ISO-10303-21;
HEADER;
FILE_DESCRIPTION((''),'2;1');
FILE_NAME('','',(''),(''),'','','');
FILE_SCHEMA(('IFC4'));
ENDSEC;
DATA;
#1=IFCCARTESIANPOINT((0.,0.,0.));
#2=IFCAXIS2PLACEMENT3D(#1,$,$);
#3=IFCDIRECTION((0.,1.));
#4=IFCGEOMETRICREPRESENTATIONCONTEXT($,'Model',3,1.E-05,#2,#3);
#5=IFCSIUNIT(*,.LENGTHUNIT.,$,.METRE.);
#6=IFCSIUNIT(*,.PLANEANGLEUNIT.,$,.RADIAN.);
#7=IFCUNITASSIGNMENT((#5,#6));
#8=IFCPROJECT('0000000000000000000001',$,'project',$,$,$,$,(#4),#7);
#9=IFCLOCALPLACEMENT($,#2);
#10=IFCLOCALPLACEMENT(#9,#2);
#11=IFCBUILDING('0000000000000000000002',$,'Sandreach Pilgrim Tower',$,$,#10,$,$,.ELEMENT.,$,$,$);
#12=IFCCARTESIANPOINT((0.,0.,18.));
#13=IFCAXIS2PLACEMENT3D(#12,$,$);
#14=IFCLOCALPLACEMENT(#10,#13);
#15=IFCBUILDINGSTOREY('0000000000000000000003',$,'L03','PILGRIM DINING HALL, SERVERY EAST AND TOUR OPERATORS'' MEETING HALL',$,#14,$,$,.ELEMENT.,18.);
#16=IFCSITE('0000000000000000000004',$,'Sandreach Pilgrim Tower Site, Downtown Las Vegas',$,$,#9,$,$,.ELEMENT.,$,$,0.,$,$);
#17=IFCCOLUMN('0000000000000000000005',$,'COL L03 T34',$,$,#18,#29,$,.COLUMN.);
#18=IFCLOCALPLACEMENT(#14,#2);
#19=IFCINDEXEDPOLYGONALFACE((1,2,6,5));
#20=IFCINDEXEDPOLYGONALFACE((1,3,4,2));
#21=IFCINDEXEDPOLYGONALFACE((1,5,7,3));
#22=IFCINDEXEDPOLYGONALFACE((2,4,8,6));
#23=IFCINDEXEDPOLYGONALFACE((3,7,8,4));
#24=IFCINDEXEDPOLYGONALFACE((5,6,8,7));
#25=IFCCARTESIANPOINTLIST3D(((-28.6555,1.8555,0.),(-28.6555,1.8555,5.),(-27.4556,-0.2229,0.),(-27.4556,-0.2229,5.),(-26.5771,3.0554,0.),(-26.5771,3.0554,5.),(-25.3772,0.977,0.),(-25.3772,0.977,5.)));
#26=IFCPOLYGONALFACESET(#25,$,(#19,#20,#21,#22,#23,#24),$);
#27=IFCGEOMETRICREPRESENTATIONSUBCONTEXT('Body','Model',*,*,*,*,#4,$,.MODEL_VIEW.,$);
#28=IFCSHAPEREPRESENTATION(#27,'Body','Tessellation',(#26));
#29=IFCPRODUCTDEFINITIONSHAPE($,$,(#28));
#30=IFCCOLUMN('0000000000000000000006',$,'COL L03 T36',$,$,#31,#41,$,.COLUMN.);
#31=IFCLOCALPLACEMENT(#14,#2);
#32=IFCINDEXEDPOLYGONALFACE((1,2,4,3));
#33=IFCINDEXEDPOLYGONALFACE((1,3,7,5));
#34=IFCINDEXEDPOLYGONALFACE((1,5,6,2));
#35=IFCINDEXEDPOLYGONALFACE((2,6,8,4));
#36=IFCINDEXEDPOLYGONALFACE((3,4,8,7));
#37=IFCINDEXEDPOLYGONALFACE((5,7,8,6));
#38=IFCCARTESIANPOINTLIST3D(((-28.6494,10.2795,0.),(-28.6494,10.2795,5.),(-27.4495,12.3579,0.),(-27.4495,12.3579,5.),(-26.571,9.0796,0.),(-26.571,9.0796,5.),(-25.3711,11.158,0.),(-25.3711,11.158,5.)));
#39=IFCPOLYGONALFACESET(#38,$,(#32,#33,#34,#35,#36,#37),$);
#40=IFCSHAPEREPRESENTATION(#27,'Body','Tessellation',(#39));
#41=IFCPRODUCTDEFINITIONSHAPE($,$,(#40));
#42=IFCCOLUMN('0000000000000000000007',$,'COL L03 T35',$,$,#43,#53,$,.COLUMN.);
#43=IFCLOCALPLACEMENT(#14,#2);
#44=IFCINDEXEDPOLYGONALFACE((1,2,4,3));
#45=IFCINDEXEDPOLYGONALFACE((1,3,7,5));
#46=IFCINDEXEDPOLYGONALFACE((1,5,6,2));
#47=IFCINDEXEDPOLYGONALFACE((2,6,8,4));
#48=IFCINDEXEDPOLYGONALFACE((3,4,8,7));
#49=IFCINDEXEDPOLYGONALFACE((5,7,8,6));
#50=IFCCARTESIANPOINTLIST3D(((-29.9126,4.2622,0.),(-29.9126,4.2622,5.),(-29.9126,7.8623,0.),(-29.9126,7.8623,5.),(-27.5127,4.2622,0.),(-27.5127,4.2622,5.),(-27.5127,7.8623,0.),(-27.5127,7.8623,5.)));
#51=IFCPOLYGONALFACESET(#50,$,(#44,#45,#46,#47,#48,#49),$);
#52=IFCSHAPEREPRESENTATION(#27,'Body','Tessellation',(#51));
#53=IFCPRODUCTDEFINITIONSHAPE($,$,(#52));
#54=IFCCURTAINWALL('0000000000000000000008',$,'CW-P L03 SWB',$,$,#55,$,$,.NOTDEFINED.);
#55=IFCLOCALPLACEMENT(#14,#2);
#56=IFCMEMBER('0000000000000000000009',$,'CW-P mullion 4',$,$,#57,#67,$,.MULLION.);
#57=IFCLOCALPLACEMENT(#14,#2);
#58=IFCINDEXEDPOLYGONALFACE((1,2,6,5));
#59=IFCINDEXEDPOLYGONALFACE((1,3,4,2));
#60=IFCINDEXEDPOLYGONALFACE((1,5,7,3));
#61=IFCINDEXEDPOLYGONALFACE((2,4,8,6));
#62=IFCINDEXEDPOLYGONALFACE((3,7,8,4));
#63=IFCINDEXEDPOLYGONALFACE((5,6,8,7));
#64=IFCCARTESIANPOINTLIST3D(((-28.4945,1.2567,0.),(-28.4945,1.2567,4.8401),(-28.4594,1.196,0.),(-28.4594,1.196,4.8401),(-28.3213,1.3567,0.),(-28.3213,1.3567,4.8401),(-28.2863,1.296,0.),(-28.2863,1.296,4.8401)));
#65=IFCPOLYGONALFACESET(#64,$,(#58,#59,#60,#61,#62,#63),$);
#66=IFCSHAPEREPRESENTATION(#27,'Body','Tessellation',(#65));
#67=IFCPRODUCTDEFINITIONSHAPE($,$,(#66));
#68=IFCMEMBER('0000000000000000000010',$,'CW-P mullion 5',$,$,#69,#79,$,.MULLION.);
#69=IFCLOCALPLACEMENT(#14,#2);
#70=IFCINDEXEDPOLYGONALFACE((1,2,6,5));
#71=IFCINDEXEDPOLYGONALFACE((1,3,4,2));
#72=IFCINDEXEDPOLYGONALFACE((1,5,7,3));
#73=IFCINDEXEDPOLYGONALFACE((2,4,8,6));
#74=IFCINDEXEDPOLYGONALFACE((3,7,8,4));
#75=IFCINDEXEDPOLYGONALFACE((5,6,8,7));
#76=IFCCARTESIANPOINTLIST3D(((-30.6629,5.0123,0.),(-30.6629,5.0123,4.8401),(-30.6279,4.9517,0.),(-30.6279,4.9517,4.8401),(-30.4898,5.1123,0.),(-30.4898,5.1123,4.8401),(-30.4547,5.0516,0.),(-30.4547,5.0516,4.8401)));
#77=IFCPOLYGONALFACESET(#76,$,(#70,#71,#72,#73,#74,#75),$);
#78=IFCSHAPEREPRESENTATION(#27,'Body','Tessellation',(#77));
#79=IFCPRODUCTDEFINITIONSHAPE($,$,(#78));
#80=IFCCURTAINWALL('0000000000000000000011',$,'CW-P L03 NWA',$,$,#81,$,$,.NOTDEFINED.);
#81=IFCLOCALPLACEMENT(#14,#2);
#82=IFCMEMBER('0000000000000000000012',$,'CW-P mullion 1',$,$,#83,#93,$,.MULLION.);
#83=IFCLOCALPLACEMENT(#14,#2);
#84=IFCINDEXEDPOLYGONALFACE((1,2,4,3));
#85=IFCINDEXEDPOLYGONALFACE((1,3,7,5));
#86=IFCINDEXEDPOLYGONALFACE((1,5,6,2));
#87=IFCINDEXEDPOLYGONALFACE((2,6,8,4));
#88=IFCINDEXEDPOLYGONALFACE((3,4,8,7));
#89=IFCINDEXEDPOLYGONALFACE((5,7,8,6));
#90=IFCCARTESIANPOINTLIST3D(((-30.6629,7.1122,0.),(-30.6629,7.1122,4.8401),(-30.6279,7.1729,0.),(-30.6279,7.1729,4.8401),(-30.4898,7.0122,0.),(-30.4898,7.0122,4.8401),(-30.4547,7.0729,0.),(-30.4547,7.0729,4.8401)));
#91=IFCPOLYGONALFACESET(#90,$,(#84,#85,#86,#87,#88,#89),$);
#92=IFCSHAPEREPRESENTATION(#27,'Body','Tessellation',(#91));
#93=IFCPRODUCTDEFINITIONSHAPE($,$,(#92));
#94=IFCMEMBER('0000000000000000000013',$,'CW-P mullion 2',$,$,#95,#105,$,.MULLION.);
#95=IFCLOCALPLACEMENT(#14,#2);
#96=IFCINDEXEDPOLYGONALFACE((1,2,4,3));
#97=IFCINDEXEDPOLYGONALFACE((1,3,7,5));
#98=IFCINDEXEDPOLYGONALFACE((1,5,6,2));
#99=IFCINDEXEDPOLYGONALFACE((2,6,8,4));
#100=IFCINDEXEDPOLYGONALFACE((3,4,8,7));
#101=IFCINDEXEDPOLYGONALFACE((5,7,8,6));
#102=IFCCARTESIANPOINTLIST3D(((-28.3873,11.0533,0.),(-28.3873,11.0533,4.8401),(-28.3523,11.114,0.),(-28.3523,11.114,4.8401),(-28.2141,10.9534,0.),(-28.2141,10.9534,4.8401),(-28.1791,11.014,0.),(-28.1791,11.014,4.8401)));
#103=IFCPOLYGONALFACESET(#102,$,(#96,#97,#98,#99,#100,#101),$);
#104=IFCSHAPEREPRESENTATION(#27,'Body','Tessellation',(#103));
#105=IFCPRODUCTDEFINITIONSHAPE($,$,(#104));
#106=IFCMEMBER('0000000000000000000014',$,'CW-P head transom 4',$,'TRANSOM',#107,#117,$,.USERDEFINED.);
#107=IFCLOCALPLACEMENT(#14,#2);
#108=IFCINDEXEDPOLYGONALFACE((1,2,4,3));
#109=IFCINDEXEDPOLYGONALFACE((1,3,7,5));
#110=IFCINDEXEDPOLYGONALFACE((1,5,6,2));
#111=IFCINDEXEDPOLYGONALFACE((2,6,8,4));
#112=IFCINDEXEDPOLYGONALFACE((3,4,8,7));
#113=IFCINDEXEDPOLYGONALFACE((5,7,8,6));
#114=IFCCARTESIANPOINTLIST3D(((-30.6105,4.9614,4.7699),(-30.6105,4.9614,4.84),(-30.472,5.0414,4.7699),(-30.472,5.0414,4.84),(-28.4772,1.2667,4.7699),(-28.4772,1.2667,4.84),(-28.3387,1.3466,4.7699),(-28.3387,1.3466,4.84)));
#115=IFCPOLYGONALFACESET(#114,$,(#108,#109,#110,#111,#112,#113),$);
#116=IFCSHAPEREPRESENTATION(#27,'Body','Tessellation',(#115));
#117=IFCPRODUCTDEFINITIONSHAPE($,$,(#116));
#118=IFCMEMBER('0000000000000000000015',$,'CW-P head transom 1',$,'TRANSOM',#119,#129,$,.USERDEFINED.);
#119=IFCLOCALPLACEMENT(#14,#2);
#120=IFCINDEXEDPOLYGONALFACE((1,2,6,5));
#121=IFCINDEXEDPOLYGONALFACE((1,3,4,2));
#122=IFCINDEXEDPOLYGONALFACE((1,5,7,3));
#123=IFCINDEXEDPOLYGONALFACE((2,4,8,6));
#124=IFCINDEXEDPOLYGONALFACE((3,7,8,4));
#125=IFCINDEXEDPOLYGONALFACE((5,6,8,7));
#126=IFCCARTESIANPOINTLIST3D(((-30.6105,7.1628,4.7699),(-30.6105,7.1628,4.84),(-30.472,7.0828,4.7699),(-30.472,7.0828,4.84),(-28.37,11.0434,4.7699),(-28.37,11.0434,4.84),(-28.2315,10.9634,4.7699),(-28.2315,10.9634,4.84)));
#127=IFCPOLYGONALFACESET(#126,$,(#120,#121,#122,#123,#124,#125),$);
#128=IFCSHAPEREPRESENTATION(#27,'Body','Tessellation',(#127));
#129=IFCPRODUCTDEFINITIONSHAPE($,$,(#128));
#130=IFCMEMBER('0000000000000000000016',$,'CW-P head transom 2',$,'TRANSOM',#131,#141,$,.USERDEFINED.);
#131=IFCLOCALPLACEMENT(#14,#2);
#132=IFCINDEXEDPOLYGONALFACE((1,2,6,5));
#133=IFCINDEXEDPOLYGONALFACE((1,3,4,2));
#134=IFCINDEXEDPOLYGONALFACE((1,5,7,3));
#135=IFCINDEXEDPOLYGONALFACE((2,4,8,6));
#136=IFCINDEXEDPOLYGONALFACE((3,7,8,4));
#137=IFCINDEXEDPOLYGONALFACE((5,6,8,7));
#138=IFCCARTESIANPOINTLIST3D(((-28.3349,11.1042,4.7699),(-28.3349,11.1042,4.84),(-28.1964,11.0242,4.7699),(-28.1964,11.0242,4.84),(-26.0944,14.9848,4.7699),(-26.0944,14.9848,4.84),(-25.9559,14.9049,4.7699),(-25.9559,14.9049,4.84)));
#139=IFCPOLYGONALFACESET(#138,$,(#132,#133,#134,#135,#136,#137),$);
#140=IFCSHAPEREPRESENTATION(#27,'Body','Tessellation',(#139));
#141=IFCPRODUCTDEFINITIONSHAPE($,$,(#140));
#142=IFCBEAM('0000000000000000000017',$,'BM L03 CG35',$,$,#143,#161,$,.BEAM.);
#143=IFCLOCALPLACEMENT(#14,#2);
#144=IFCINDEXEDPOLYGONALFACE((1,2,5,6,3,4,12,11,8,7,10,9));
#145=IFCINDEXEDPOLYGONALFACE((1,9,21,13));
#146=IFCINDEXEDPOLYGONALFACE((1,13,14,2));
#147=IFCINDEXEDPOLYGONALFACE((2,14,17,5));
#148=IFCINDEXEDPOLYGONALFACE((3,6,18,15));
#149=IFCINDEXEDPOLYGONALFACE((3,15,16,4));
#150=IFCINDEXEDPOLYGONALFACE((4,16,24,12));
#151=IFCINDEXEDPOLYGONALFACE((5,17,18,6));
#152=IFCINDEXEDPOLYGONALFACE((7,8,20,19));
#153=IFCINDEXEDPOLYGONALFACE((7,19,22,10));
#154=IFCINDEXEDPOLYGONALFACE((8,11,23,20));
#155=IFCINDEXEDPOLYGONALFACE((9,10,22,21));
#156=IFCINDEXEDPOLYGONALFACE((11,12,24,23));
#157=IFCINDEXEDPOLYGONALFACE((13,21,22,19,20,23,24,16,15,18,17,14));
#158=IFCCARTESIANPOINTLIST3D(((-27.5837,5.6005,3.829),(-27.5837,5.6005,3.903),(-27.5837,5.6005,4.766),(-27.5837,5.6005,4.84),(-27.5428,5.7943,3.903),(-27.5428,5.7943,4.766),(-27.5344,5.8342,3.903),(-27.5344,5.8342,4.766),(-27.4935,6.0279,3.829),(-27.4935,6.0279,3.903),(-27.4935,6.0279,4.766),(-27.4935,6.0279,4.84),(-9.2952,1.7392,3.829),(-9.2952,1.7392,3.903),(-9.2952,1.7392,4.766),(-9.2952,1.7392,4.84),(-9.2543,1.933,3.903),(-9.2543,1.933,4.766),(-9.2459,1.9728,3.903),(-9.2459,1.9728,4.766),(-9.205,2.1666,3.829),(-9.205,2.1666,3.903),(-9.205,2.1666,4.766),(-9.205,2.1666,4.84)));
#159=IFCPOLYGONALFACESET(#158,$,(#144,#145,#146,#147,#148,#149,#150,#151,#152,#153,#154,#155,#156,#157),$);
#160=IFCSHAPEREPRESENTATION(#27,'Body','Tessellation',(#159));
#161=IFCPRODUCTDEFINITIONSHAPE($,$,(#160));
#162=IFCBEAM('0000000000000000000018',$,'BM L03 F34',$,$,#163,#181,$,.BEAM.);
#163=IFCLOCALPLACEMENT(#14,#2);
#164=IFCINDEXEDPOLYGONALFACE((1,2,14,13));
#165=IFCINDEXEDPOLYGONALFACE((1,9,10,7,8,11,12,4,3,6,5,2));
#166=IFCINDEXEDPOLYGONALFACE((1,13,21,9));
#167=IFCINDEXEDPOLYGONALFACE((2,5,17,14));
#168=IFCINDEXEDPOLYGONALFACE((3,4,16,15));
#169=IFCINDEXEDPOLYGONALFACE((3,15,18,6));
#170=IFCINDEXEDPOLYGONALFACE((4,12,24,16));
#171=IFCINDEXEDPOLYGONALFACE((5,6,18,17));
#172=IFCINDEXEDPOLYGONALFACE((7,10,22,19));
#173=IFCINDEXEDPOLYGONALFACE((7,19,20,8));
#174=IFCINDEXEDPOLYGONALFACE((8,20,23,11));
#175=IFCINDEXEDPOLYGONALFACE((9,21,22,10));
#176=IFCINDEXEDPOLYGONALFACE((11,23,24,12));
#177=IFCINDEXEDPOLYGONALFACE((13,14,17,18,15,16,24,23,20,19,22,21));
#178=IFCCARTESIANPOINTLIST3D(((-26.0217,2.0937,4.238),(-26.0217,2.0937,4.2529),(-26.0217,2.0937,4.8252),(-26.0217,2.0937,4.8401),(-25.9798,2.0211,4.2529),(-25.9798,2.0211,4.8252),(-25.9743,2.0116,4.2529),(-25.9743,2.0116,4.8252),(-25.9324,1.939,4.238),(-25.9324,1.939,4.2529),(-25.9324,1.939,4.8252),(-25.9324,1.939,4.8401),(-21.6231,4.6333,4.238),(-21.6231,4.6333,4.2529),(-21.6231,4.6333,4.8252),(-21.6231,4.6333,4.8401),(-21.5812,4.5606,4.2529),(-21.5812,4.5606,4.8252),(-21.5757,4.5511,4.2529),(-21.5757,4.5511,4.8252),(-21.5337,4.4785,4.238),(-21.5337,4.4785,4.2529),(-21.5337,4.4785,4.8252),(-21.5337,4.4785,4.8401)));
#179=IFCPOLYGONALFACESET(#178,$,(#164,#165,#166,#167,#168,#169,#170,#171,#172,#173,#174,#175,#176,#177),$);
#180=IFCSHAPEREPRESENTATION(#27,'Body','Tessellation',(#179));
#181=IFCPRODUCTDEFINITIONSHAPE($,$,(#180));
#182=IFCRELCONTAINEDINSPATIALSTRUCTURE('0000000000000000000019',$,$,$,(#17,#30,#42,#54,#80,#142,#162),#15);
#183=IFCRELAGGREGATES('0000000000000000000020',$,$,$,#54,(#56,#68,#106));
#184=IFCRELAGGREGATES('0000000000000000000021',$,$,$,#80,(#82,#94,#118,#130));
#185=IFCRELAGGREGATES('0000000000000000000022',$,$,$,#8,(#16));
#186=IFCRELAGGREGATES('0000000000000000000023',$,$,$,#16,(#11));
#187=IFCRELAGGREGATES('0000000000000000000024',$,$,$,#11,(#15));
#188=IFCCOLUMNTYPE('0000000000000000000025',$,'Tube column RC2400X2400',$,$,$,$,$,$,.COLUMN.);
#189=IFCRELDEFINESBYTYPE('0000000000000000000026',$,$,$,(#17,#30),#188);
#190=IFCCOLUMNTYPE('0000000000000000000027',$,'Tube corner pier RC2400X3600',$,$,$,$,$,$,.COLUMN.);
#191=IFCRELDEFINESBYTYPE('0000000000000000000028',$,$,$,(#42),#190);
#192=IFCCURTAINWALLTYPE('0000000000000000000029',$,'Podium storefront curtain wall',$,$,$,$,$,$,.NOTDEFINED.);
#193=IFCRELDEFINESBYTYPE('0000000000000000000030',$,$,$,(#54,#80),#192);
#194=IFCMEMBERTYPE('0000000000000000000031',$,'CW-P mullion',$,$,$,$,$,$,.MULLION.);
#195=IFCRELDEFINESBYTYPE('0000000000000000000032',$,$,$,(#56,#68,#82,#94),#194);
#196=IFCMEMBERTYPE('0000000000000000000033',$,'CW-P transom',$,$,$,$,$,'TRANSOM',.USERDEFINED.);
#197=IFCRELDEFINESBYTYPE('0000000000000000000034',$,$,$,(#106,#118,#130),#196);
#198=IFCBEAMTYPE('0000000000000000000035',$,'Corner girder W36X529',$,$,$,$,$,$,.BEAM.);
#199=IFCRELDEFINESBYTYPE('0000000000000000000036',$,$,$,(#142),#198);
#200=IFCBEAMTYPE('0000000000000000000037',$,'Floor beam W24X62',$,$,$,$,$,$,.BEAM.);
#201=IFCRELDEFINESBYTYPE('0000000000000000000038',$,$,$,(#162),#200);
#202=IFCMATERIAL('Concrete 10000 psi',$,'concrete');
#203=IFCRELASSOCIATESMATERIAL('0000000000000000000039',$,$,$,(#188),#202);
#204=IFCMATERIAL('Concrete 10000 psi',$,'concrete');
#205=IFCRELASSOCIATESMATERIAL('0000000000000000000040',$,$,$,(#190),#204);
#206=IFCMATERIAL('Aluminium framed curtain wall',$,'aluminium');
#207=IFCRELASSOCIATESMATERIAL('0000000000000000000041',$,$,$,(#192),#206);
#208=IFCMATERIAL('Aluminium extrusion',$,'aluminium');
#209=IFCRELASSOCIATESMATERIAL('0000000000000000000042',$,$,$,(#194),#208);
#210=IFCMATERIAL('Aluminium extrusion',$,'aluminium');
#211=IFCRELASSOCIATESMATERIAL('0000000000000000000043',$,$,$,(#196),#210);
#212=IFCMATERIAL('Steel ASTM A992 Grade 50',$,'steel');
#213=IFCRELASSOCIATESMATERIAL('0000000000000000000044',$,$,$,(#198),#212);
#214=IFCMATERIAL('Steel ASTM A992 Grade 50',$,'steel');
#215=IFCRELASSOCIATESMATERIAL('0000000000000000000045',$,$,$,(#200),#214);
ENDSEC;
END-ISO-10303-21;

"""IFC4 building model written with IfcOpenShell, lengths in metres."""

from ifc_helpers import new_model, si_unit, direction, frame, origin, origin_2d, place, context, subcontext, project, spatial, rectangle, i_section, extrude, material, material_profile, profile_set, type_object, element, aggregate, save


model = new_model("IFC4")

# Units and contexts
model_context = context("Model", 3, precision=1e-05, world=origin(), true_north=direction((0.0, 1.0)))
body_context = subcontext(model_context, "Body", "Model", "MODEL_VIEW")
ifc_project = project(units=[si_unit("LENGTHUNIT", "METRE"), si_unit("PLANEANGLEUNIT", "RADIAN")], contexts=[model_context])

# Site, building, storey
site_placement = place(None, origin())
site = spatial("IfcSite", under=ifc_project, at=site_placement, Name="Sandreach Pilgrim Tower Site, Downtown Las Vegas", CompositionType="ELEMENT", RefElevation=0.0)
building_placement = place(site_placement, origin())
building = spatial("IfcBuilding", under=site, at=building_placement, Name="Sandreach Pilgrim Tower", CompositionType="ELEMENT")
storey_placement = place(building_placement, frame((0.0, 0.0, 18.0)))
storey = spatial("IfcBuildingStorey", under=building, at=storey_placement, Name="L03", Description="PILGRIM DINING HALL, SERVERY EAST AND TOUR OPERATORS' MEETING HALL", CompositionType="ELEMENT", Elevation=18.0)

# Columns
ifc_material_1 = material(Name="Concrete 10000 psi", Category="concrete")
ifc_material_profile_1 = material_profile(ifc_material_1, rectangle(XDim=2.3999, YDim=2.3999, at=origin_2d()), Name="RC2400X2400")
ifc_profile_set_1 = profile_set([ifc_material_profile_1], Name="Concrete 10000 psi")
column_type_1 = type_object("IfcColumnType", Name="Tube column RC2400X2400", PredefinedType="COLUMN", material=ifc_profile_set_1)
for number, where, z_axis, x_axis, name in (
    (1, (-27.0164, 1.4163, 0.0), (0.0, 0.0, 1.0), (-0.866025, -0.5, 0.0), "COL L03 T34"),
    (2, (-27.0103, 10.7188, 0.0), (0.0, 0.0, 1.0), (-0.866025, 0.5, 0.0), "COL L03 T36"),
):
    element("IfcColumn", number, at=place(storey_placement, frame(where, z_axis=z_axis, x_axis=x_axis)), inside=storey, type_object=column_type_1, Name=name, PredefinedType="COLUMN", context=body_context, shape_type="SweptSolid", body=[
        extrude(rectangle(XDim=2.3999, YDim=2.3999, at=origin_2d()), origin(), (0.0, 0.0, 1.0), 5.0),
    ])
ifc_material_2 = material(Name="Concrete 10000 psi", Category="concrete")
ifc_material_profile_2 = material_profile(ifc_material_2, rectangle(XDim=2.3999, YDim=3.6001, at=origin_2d()), Name="RC2400X3600")
ifc_profile_set_2 = profile_set([ifc_material_profile_2], Name="Concrete 10000 psi")
column_type_2 = type_object("IfcColumnType", Name="Tube corner pier RC2400X3600", PredefinedType="COLUMN", material=ifc_profile_set_2)
column_placement = place(storey_placement, frame((-28.7126, 6.0623, 0.0), z_axis=(0.0, 0.0, 1.0), x_axis=(-1.0, 0.0, 0.0)))
element("IfcColumn", 3, at=column_placement, inside=storey, type_object=column_type_2, Name="COL L03 T35", PredefinedType="COLUMN", context=body_context, shape_type="SweptSolid", body=[
    extrude(rectangle(XDim=2.3999, YDim=3.6001, at=origin_2d()), origin(), (0.0, 0.0, 1.0), 5.0),
])

# Curtain walls, members
ifc_material_3 = material(Name="Aluminium framed curtain wall", Category="aluminium")
curtain_wall_type = type_object("IfcCurtainWallType", Name="Podium storefront curtain wall", PredefinedType="NOTDEFINED", material=ifc_material_3)
curtain_wall_1_placement = place(storey_placement, origin())
curtain_wall_1 = element("IfcCurtainWall", 4, at=curtain_wall_1_placement, inside=storey, type_object=curtain_wall_type, Name="CW-P L03 SWB", PredefinedType="NOTDEFINED")
ifc_material_4 = material(Name="Aluminium extrusion", Category="aluminium")
ifc_material_profile_3 = material_profile(ifc_material_4, rectangle(XDim=0.0701, YDim=0.2, at=origin_2d()), Name="CW-PM 70X200")
ifc_profile_set_3 = profile_set([ifc_material_profile_3], Name="Aluminium extrusion")
member_type_1 = type_object("IfcMemberType", Name="CW-P mullion", PredefinedType="MULLION", material=ifc_profile_set_3)
member_1_placement = place(storey_placement, frame((-28.3904, 1.2764, 0.0), z_axis=(0.0, 0.0, 1.0), x_axis=(-0.5, 0.866025, 0.0)))
member_1 = element("IfcMember", 5, at=member_1_placement, type_object=member_type_1, Name="CW-P mullion 4", PredefinedType="MULLION", context=body_context, shape_type="SweptSolid", body=[
    extrude(rectangle(XDim=0.0701, YDim=0.2, at=origin_2d()), origin(), (0.0, 0.0, 1.0), 4.8401),
])
member_2_placement = place(storey_placement, frame((-30.5588, 5.032, 0.0), z_axis=(0.0, 0.0, 1.0), x_axis=(-0.5, 0.866025, 0.0)))
member_2 = element("IfcMember", 6, at=member_2_placement, type_object=member_type_1, Name="CW-P mullion 5", PredefinedType="MULLION", context=body_context, shape_type="SweptSolid", body=[
    extrude(rectangle(XDim=0.0701, YDim=0.2, at=origin_2d()), origin(), (0.0, 0.0, 1.0), 4.8401),
])
curtain_wall_2_placement = place(storey_placement, origin())
curtain_wall_2 = element("IfcCurtainWall", 7, at=curtain_wall_2_placement, inside=storey, type_object=curtain_wall_type, Name="CW-P L03 NWA", PredefinedType="NOTDEFINED")
member_3_placement = place(storey_placement, frame((-30.5588, 7.0925, 0.0), z_axis=(0.0, 0.0, 1.0), x_axis=(0.5, 0.866025, 0.0)))
member_3 = element("IfcMember", 8, at=member_3_placement, type_object=member_type_1, Name="CW-P mullion 1", PredefinedType="MULLION", context=body_context, shape_type="SweptSolid", body=[
    extrude(rectangle(XDim=0.0701, YDim=0.2, at=origin_2d()), origin(), (0.0, 0.0, 1.0), 4.8401),
])
member_4_placement = place(storey_placement, frame((-28.2832, 11.0337, 0.0), z_axis=(0.0, 0.0, 1.0), x_axis=(0.5, 0.866025, 0.0)))
member_4 = element("IfcMember", 9, at=member_4_placement, type_object=member_type_1, Name="CW-P mullion 2", PredefinedType="MULLION", context=body_context, shape_type="SweptSolid", body=[
    extrude(rectangle(XDim=0.0701, YDim=0.2, at=origin_2d()), origin(), (0.0, 0.0, 1.0), 4.8401),
])

# Members
ifc_material_5 = material(Name="Aluminium extrusion", Category="aluminium")
ifc_material_profile_4 = material_profile(ifc_material_5, rectangle(XDim=0.1599, YDim=0.0701, at=origin_2d()), Name="CW-PT 160X70")
ifc_profile_set_4 = profile_set([ifc_material_profile_4], Name="Aluminium extrusion")
member_type_2 = type_object("IfcMemberType", Name="CW-P transom", ElementType="TRANSOM", PredefinedType="USERDEFINED", material=ifc_profile_set_4)
member_5_placement = place(storey_placement, frame((-28.408, 1.3066, 4.8049), z_axis=(-0.500016, 0.866016, 0.0), x_axis=(-0.866016, -0.500016, 0.0)))
member_5 = element("IfcMember", 10, at=member_5_placement, type_object=member_type_2, Name="CW-P head transom 4", ObjectType="TRANSOM", PredefinedType="USERDEFINED", context=body_context, shape_type="SweptSolid", body=[
    extrude(rectangle(XDim=0.1599, YDim=0.0701, at=origin_2d()), origin(), (0.0, 0.0, 1.0), 4.2664),
])
member_6_placement = place(storey_placement, frame((-30.5413, 7.1228, 4.8049), z_axis=(0.500001, 0.866025, 0.0), x_axis=(-0.866025, 0.500001, 0.0)))
member_6 = element("IfcMember", 11, at=member_6_placement, type_object=member_type_2, Name="CW-P head transom 1", ObjectType="TRANSOM", PredefinedType="USERDEFINED", context=body_context, shape_type="SweptSolid", body=[
    extrude(rectangle(XDim=0.1599, YDim=0.0701, at=origin_2d()), origin(), (0.0, 0.0, 1.0), 4.481),
])
member_7_placement = place(storey_placement, frame((-28.2656, 11.0642, 4.8049), z_axis=(0.500001, 0.866025, 0.0), x_axis=(-0.866025, 0.500001, 0.0)))
member_7 = element("IfcMember", 12, at=member_7_placement, type_object=member_type_2, Name="CW-P head transom 2", ObjectType="TRANSOM", PredefinedType="USERDEFINED", context=body_context, shape_type="SweptSolid", body=[
    extrude(rectangle(XDim=0.1599, YDim=0.0701, at=origin_2d()), origin(), (0.0, 0.0, 1.0), 4.481),
])

# Beams
ifc_material_6 = material(Name="Steel ASTM A992 Grade 50", Category="steel")
ifc_material_profile_5 = material_profile(ifc_material_6, i_section(OverallWidth=0.4368, OverallDepth=1.011, WebThickness=0.0408, FlangeThickness=0.074, at=origin_2d()), Name="W36X529")
ifc_profile_set_5 = profile_set([ifc_material_profile_5], Name="Steel ASTM A992 Grade 50")
beam_type_1 = type_object("IfcBeamType", Name="Corner girder W36X529", PredefinedType="BEAM", material=ifc_profile_set_5)
beam_1_placement = place(storey_placement, frame((-27.5386, 5.8142, 4.3345), z_axis=(0.97843, -0.206579, 0.0), x_axis=(0.206579, 0.97843, 0.0)))
element("IfcBeam", 13, at=beam_1_placement, inside=storey, type_object=beam_type_1, Name="BM L03 CG35", PredefinedType="BEAM", context=body_context, shape_type="SweptSolid", body=[
    extrude(i_section(OverallWidth=0.4368, OverallDepth=1.011, WebThickness=0.0408, FlangeThickness=0.074, at=origin_2d()), origin(), (0.0, 0.0, 1.0), 18.6917),
])
ifc_material_7 = material(Name="Steel ASTM A992 Grade 50", Category="steel")
ifc_material_profile_6 = material_profile(ifc_material_7, i_section(OverallWidth=0.1787, OverallDepth=0.6021, WebThickness=0.011, FlangeThickness=0.0149, at=origin_2d()), Name="W24X62")
ifc_profile_set_6 = profile_set([ifc_material_profile_6], Name="Steel ASTM A992 Grade 50")
beam_type_2 = type_object("IfcBeamType", Name="Floor beam W24X62", PredefinedType="BEAM", material=ifc_profile_set_6)
beam_2_placement = place(storey_placement, frame((-25.9771, 2.0164, 4.5391), z_axis=(0.866028, 0.499996, 0.0), x_axis=(-0.499996, 0.866028, 0.0)))
element("IfcBeam", 14, at=beam_2_placement, inside=storey, type_object=beam_type_2, Name="BM L03 F34", PredefinedType="BEAM", context=body_context, shape_type="SweptSolid", body=[
    extrude(i_section(OverallWidth=0.1787, OverallDepth=0.6021, WebThickness=0.011, FlangeThickness=0.0149, at=origin_2d()), origin(), (0.0, 0.0, 1.0), 5.0791),
])

aggregate(curtain_wall_1, [member_1, member_2, member_5])
aggregate(curtain_wall_2, [member_3, member_4, member_6, member_7])

save(model, "model.ifc")
